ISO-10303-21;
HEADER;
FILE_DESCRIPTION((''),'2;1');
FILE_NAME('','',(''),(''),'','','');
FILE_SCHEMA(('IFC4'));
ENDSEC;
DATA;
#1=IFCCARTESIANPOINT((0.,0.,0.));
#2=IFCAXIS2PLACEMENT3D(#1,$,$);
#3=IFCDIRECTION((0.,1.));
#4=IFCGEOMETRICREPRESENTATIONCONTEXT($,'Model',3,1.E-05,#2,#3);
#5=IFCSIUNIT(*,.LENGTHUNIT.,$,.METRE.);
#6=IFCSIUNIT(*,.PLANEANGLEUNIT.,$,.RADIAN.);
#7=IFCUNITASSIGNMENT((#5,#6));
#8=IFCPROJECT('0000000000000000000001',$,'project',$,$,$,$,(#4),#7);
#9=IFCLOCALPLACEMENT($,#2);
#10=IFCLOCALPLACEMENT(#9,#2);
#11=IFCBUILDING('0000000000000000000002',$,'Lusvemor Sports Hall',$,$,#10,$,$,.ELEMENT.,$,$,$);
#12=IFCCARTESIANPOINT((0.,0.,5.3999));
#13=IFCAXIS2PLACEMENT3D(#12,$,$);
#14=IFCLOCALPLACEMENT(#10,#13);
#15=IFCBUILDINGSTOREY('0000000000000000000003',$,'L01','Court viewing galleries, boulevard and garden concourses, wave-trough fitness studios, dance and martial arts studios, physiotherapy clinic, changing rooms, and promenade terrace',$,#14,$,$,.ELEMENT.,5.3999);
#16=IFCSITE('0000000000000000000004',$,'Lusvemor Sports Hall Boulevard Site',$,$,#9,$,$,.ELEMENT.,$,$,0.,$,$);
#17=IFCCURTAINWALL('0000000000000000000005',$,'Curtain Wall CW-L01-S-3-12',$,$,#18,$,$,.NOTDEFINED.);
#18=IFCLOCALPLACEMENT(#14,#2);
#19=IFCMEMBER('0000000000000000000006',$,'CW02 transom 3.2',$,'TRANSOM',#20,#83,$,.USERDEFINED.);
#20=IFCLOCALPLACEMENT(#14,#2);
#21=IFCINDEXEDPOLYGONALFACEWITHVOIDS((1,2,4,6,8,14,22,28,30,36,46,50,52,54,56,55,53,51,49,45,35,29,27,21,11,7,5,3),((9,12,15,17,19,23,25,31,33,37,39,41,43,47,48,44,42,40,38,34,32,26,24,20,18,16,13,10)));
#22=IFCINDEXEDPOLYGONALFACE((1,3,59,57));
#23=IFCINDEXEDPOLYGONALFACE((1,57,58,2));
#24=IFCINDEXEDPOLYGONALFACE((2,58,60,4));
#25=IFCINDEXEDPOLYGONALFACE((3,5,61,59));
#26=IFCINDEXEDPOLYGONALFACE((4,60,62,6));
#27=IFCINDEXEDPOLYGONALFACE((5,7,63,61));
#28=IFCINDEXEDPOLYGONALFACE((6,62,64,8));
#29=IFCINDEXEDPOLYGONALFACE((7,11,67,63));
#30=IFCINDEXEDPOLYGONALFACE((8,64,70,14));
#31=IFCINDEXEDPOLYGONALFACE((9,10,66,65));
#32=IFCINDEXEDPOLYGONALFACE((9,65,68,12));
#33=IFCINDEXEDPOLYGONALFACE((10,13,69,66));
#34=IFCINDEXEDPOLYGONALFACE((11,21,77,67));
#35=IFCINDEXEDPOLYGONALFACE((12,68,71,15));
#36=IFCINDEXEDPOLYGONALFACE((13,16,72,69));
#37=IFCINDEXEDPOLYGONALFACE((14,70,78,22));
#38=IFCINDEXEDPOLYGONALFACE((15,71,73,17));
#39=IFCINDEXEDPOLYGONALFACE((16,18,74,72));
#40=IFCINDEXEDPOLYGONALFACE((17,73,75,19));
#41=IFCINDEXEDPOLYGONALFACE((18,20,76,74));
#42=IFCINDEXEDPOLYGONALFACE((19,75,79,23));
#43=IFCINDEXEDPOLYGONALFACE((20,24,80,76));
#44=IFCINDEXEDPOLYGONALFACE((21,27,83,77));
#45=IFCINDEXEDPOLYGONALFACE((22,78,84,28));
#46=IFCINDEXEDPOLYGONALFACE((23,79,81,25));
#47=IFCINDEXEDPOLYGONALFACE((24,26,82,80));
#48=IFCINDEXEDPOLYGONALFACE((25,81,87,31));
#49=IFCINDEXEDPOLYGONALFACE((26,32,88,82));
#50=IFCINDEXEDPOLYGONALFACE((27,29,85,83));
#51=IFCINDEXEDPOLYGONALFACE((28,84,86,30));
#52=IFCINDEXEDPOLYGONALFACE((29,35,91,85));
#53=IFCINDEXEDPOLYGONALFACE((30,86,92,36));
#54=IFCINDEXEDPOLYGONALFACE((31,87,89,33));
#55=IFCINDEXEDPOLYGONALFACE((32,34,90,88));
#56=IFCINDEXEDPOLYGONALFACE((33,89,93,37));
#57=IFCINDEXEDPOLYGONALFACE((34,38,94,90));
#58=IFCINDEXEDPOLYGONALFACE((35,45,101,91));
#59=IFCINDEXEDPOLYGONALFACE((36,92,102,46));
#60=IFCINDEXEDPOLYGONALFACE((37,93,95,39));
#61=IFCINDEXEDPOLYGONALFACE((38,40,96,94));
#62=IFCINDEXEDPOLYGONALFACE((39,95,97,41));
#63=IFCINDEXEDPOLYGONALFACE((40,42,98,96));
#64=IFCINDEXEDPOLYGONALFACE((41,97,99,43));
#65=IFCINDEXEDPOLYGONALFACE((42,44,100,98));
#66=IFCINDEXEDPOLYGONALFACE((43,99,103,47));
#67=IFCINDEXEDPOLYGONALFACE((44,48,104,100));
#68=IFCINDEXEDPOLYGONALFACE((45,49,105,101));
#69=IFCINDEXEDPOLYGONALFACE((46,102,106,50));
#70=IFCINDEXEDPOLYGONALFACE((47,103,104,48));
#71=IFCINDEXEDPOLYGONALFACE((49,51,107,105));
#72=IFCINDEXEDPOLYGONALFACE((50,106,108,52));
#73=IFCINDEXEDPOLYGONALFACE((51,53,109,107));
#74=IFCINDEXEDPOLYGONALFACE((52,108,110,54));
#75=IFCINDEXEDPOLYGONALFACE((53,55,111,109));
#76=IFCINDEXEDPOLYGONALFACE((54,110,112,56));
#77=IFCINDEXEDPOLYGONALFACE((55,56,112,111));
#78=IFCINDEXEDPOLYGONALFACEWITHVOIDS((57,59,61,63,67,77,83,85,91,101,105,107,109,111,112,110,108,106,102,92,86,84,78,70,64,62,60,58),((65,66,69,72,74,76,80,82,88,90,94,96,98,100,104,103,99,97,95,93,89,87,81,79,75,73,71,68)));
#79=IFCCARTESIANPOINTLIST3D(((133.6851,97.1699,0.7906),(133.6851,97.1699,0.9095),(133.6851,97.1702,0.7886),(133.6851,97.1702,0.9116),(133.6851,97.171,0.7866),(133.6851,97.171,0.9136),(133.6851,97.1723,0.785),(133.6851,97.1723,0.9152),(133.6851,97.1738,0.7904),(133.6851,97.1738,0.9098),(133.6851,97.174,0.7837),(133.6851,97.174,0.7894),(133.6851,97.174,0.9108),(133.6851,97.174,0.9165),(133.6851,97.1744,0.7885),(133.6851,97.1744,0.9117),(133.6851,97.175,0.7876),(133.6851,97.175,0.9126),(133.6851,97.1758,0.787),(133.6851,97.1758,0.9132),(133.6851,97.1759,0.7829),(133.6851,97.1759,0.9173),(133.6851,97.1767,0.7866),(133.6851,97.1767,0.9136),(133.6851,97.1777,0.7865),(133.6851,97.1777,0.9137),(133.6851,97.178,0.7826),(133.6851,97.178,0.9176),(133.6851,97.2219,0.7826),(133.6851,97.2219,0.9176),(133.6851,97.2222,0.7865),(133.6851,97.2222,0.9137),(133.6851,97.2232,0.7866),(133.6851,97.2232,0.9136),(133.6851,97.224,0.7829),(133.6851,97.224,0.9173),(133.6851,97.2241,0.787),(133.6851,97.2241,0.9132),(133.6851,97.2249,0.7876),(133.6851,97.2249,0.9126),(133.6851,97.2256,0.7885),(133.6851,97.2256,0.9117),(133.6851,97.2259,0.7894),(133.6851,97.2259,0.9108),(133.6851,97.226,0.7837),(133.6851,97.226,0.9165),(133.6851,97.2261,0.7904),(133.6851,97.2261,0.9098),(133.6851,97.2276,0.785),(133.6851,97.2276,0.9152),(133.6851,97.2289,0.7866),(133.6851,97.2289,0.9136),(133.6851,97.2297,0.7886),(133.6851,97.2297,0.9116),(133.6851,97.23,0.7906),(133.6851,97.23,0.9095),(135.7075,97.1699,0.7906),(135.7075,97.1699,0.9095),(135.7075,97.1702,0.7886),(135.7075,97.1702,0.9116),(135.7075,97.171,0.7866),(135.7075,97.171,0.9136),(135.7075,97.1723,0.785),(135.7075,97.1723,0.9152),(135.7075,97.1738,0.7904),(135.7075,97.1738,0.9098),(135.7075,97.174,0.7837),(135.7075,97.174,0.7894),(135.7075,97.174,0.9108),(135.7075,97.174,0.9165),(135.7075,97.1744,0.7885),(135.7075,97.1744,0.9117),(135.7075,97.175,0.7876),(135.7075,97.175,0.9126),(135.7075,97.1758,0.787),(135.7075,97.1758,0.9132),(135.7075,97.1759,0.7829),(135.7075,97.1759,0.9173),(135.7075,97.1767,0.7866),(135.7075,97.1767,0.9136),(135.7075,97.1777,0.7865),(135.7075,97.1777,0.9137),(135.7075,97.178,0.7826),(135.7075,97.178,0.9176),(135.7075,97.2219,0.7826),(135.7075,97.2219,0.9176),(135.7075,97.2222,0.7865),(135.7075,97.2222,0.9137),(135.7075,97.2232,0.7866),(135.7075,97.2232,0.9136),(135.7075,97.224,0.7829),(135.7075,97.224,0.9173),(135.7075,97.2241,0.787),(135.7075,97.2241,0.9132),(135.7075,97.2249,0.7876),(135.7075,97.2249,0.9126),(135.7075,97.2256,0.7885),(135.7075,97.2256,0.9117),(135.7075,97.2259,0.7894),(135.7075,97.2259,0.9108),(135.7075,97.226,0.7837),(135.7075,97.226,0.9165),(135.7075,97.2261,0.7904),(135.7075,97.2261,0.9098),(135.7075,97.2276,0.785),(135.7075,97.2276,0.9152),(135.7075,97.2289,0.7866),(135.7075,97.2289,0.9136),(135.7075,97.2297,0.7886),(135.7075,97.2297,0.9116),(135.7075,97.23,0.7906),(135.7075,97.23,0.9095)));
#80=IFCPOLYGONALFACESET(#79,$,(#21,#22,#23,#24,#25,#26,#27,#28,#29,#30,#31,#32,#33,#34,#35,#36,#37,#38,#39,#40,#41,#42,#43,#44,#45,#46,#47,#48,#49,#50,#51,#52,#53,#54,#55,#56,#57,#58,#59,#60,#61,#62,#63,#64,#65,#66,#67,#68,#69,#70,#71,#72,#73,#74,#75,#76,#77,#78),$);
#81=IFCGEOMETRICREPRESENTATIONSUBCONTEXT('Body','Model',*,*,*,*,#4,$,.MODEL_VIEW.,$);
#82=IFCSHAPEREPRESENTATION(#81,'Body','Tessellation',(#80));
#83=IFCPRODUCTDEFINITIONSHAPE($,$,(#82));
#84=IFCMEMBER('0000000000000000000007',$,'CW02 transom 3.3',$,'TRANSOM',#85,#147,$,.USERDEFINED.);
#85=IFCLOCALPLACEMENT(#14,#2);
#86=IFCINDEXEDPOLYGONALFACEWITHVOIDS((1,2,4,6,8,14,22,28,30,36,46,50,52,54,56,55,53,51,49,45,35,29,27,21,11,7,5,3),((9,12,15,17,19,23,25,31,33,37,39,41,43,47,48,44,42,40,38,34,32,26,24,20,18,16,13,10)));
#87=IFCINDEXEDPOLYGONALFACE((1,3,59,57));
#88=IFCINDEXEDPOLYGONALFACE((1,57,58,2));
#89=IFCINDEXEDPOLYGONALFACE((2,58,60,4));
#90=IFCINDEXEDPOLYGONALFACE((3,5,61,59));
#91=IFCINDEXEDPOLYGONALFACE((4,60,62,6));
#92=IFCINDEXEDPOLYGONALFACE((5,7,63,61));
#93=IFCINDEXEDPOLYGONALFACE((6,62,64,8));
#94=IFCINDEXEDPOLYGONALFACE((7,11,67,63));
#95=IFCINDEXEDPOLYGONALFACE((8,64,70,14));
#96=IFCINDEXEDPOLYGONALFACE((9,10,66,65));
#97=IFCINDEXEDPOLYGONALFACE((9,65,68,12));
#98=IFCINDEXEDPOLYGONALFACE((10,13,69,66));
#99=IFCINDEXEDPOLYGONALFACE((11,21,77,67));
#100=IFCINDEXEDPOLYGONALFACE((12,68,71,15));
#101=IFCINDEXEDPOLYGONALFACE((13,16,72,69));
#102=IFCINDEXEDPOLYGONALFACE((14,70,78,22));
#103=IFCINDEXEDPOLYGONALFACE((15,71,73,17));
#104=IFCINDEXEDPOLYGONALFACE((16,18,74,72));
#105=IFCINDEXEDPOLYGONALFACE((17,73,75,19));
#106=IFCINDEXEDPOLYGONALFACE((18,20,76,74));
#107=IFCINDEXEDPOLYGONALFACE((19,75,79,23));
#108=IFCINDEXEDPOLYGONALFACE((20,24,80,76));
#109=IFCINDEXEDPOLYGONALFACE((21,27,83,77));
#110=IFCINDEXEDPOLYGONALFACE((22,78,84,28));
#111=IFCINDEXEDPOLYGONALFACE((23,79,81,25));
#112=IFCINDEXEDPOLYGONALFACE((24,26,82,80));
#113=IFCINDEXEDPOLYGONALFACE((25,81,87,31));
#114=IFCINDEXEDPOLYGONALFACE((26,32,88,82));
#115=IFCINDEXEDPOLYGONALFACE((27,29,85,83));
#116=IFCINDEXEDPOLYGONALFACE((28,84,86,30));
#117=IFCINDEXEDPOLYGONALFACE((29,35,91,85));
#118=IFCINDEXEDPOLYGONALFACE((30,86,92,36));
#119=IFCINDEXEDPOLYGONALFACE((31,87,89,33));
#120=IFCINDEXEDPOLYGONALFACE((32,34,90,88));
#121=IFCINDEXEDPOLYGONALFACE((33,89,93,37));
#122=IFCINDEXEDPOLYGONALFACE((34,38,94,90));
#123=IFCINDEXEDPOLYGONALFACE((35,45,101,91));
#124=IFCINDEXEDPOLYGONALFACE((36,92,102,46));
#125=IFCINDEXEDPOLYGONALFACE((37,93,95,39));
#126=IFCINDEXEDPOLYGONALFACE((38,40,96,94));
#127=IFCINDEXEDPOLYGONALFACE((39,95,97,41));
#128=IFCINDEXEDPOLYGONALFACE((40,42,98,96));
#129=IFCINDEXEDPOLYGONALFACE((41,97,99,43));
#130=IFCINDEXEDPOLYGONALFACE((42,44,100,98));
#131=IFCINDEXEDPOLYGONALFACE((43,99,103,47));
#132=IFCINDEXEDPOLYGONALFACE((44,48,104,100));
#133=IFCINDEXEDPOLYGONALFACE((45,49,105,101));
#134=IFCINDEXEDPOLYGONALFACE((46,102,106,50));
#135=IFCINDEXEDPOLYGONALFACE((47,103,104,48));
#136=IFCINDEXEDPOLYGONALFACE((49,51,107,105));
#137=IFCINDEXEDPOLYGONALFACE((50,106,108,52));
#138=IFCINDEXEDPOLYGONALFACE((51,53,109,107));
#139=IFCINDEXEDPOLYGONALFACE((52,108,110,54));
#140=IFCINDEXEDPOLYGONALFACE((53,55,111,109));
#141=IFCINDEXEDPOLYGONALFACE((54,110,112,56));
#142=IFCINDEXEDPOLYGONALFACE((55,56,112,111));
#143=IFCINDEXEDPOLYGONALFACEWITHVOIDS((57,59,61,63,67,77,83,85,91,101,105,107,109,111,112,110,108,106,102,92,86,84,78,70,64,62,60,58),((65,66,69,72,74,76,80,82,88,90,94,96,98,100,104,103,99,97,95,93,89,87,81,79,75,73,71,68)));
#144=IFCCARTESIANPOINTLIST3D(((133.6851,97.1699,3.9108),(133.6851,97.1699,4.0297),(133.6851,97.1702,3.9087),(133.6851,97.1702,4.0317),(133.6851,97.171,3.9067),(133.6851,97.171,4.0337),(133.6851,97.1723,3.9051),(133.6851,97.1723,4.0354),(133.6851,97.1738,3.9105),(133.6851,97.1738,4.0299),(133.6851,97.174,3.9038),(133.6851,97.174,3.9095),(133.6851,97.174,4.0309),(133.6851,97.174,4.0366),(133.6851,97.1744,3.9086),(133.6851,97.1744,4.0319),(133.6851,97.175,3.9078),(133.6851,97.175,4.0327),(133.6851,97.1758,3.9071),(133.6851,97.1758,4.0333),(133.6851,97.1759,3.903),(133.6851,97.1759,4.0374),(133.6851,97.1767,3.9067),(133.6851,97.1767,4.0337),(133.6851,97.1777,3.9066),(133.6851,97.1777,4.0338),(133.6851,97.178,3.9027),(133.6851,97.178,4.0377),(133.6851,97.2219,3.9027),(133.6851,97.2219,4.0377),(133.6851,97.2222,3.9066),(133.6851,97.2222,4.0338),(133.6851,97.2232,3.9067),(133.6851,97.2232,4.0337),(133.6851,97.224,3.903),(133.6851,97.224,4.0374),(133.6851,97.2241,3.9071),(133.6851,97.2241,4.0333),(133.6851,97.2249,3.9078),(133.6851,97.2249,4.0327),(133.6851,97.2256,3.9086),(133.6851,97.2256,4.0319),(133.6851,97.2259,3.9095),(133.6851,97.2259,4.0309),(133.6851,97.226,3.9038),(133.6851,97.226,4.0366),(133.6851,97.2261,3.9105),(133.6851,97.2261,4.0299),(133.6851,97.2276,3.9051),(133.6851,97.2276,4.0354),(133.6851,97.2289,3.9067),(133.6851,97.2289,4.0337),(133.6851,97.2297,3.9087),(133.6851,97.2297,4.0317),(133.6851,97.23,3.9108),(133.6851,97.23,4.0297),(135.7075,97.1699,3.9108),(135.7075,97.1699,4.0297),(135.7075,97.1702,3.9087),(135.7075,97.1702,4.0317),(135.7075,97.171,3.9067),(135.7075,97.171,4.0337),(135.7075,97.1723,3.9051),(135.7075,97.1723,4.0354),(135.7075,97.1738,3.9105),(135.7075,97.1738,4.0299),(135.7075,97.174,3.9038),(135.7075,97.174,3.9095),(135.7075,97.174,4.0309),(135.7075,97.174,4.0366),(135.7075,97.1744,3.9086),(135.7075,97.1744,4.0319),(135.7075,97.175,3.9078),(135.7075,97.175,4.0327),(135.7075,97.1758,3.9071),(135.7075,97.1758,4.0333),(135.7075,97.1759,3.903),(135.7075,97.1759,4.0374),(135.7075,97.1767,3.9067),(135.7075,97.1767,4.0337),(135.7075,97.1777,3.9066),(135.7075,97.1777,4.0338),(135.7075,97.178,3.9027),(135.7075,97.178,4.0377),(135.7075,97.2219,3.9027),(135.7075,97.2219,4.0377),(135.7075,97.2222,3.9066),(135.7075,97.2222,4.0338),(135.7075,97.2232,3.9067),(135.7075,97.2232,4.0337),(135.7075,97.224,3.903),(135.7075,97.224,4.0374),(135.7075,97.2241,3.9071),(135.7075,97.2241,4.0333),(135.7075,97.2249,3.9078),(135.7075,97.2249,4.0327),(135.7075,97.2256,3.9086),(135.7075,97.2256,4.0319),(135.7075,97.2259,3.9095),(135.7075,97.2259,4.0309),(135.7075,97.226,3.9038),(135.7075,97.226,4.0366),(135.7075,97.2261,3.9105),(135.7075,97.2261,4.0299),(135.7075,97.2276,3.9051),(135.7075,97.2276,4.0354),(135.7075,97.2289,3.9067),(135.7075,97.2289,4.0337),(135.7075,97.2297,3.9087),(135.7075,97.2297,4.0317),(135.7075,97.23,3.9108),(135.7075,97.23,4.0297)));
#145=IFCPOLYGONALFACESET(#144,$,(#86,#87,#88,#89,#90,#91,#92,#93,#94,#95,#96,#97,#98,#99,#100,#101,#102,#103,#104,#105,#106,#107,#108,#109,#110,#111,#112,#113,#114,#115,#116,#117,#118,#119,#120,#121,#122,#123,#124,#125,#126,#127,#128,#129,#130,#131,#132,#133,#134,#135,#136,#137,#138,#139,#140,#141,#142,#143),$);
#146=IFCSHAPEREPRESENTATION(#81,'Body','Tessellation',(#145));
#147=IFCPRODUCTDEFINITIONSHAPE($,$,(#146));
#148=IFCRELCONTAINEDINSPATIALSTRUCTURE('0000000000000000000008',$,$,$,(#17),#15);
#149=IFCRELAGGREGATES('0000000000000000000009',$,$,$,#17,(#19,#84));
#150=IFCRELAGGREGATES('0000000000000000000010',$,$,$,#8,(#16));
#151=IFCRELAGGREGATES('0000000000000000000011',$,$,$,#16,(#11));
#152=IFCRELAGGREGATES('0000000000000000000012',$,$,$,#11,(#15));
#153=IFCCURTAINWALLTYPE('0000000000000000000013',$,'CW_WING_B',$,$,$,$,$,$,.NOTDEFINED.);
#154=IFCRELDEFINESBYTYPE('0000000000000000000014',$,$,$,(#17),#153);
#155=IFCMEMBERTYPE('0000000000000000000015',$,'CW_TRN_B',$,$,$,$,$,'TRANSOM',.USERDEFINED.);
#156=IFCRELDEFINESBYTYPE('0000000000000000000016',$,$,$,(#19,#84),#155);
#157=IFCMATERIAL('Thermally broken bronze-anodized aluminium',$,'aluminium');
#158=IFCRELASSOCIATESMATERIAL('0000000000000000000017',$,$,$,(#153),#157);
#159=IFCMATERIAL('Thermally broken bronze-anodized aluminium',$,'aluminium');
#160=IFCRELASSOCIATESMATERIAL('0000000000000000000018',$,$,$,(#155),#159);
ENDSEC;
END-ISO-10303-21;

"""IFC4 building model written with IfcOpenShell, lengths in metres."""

from ifc_helpers import new_model, si_unit, direction, frame, origin, origin_2d, place, context, subcontext, project, spatial, hollow_rectangle, extrude, material, material_profile, profile_set, type_object, element, aggregate, save


model = new_model("IFC4")

# Units and contexts
model_context = context("Model", 3, precision=1e-05, world=origin(), true_north=direction((0.0, 1.0)))
body_context = subcontext(model_context, "Body", "Model", "MODEL_VIEW")
ifc_project = project(units=[si_unit("LENGTHUNIT", "METRE"), si_unit("PLANEANGLEUNIT", "RADIAN")], contexts=[model_context])

# Site, building, storey
site_placement = place(None, origin())
site = spatial("IfcSite", under=ifc_project, at=site_placement, Name="Lusvemor Sports Hall Boulevard Site", CompositionType="ELEMENT", RefElevation=0.0)
building_placement = place(site_placement, origin())
building = spatial("IfcBuilding", under=site, at=building_placement, Name="Lusvemor Sports Hall", CompositionType="ELEMENT")
storey_placement = place(building_placement, frame((0.0, 0.0, 5.3999)))
storey = spatial("IfcBuildingStorey", under=building, at=storey_placement, Name="L01", Description="Court viewing galleries, boulevard and garden concourses, wave-trough fitness studios, dance and martial arts studios, physiotherapy clinic, changing rooms, and promenade terrace", CompositionType="ELEMENT", Elevation=5.3999)

# Curtain wall, members
ifc_material_1 = material(Name="Thermally broken bronze-anodized aluminium", Category="aluminium")
curtain_wall_type = type_object("IfcCurtainWallType", Name="CW_WING_B", PredefinedType="NOTDEFINED", material=ifc_material_1)
curtain_wall_placement = place(storey_placement, origin())
curtain_wall = element("IfcCurtainWall", 1, at=curtain_wall_placement, inside=storey, type_object=curtain_wall_type, Name="Curtain Wall CW-L01-S-3-12", PredefinedType="NOTDEFINED")
ifc_material_2 = material(Name="Thermally broken bronze-anodized aluminium", Category="aluminium")
ifc_material_profile_1 = material_profile(ifc_material_2, hollow_rectangle(XDim=0.0601, YDim=0.135, WallThickness=0.0039, InnerFilletRadius=0.0039, OuterFilletRadius=0.0081, at=origin_2d()), Name="CWTRN135x60x4")
ifc_profile_set_1 = profile_set([ifc_material_profile_1], Name="Thermally broken bronze-anodized aluminium")
member_type_1 = type_object("IfcMemberType", Name="CW_TRN_B", ElementType="TRANSOM", PredefinedType="USERDEFINED", material=ifc_profile_set_1)
member_1_placement = place(storey_placement, frame((135.7075, 97.2, 0.8501), z_axis=(-1.0, 0.0, 0.0), x_axis=(0.0, -1.0, 0.0)))
member_1 = element("IfcMember", 2, at=member_1_placement, type_object=member_type_1, Name="CW02 transom 3.2", ObjectType="TRANSOM", PredefinedType="USERDEFINED", context=body_context, shape_type="SweptSolid", body=[
    extrude(hollow_rectangle(XDim=0.0601, YDim=0.135, WallThickness=0.0039, InnerFilletRadius=0.0039, OuterFilletRadius=0.0081, at=origin_2d()), origin(), (0.0, 0.0, 1.0), 2.0225),
])
member_2_placement = place(storey_placement, frame((135.7075, 97.2, 3.9702), z_axis=(-1.0, 0.0, 0.0), x_axis=(0.0, -1.0, 0.0)))
member_2 = element("IfcMember", 3, at=member_2_placement, type_object=member_type_1, Name="CW02 transom 3.3", ObjectType="TRANSOM", PredefinedType="USERDEFINED", context=body_context, shape_type="SweptSolid", body=[
    extrude(hollow_rectangle(XDim=0.0601, YDim=0.135, WallThickness=0.0039, InnerFilletRadius=0.0039, OuterFilletRadius=0.0081, at=origin_2d()), origin(), (0.0, 0.0, 1.0), 2.0225),
])

aggregate(curtain_wall, [member_1, member_2])

save(model, "model.ifc")
